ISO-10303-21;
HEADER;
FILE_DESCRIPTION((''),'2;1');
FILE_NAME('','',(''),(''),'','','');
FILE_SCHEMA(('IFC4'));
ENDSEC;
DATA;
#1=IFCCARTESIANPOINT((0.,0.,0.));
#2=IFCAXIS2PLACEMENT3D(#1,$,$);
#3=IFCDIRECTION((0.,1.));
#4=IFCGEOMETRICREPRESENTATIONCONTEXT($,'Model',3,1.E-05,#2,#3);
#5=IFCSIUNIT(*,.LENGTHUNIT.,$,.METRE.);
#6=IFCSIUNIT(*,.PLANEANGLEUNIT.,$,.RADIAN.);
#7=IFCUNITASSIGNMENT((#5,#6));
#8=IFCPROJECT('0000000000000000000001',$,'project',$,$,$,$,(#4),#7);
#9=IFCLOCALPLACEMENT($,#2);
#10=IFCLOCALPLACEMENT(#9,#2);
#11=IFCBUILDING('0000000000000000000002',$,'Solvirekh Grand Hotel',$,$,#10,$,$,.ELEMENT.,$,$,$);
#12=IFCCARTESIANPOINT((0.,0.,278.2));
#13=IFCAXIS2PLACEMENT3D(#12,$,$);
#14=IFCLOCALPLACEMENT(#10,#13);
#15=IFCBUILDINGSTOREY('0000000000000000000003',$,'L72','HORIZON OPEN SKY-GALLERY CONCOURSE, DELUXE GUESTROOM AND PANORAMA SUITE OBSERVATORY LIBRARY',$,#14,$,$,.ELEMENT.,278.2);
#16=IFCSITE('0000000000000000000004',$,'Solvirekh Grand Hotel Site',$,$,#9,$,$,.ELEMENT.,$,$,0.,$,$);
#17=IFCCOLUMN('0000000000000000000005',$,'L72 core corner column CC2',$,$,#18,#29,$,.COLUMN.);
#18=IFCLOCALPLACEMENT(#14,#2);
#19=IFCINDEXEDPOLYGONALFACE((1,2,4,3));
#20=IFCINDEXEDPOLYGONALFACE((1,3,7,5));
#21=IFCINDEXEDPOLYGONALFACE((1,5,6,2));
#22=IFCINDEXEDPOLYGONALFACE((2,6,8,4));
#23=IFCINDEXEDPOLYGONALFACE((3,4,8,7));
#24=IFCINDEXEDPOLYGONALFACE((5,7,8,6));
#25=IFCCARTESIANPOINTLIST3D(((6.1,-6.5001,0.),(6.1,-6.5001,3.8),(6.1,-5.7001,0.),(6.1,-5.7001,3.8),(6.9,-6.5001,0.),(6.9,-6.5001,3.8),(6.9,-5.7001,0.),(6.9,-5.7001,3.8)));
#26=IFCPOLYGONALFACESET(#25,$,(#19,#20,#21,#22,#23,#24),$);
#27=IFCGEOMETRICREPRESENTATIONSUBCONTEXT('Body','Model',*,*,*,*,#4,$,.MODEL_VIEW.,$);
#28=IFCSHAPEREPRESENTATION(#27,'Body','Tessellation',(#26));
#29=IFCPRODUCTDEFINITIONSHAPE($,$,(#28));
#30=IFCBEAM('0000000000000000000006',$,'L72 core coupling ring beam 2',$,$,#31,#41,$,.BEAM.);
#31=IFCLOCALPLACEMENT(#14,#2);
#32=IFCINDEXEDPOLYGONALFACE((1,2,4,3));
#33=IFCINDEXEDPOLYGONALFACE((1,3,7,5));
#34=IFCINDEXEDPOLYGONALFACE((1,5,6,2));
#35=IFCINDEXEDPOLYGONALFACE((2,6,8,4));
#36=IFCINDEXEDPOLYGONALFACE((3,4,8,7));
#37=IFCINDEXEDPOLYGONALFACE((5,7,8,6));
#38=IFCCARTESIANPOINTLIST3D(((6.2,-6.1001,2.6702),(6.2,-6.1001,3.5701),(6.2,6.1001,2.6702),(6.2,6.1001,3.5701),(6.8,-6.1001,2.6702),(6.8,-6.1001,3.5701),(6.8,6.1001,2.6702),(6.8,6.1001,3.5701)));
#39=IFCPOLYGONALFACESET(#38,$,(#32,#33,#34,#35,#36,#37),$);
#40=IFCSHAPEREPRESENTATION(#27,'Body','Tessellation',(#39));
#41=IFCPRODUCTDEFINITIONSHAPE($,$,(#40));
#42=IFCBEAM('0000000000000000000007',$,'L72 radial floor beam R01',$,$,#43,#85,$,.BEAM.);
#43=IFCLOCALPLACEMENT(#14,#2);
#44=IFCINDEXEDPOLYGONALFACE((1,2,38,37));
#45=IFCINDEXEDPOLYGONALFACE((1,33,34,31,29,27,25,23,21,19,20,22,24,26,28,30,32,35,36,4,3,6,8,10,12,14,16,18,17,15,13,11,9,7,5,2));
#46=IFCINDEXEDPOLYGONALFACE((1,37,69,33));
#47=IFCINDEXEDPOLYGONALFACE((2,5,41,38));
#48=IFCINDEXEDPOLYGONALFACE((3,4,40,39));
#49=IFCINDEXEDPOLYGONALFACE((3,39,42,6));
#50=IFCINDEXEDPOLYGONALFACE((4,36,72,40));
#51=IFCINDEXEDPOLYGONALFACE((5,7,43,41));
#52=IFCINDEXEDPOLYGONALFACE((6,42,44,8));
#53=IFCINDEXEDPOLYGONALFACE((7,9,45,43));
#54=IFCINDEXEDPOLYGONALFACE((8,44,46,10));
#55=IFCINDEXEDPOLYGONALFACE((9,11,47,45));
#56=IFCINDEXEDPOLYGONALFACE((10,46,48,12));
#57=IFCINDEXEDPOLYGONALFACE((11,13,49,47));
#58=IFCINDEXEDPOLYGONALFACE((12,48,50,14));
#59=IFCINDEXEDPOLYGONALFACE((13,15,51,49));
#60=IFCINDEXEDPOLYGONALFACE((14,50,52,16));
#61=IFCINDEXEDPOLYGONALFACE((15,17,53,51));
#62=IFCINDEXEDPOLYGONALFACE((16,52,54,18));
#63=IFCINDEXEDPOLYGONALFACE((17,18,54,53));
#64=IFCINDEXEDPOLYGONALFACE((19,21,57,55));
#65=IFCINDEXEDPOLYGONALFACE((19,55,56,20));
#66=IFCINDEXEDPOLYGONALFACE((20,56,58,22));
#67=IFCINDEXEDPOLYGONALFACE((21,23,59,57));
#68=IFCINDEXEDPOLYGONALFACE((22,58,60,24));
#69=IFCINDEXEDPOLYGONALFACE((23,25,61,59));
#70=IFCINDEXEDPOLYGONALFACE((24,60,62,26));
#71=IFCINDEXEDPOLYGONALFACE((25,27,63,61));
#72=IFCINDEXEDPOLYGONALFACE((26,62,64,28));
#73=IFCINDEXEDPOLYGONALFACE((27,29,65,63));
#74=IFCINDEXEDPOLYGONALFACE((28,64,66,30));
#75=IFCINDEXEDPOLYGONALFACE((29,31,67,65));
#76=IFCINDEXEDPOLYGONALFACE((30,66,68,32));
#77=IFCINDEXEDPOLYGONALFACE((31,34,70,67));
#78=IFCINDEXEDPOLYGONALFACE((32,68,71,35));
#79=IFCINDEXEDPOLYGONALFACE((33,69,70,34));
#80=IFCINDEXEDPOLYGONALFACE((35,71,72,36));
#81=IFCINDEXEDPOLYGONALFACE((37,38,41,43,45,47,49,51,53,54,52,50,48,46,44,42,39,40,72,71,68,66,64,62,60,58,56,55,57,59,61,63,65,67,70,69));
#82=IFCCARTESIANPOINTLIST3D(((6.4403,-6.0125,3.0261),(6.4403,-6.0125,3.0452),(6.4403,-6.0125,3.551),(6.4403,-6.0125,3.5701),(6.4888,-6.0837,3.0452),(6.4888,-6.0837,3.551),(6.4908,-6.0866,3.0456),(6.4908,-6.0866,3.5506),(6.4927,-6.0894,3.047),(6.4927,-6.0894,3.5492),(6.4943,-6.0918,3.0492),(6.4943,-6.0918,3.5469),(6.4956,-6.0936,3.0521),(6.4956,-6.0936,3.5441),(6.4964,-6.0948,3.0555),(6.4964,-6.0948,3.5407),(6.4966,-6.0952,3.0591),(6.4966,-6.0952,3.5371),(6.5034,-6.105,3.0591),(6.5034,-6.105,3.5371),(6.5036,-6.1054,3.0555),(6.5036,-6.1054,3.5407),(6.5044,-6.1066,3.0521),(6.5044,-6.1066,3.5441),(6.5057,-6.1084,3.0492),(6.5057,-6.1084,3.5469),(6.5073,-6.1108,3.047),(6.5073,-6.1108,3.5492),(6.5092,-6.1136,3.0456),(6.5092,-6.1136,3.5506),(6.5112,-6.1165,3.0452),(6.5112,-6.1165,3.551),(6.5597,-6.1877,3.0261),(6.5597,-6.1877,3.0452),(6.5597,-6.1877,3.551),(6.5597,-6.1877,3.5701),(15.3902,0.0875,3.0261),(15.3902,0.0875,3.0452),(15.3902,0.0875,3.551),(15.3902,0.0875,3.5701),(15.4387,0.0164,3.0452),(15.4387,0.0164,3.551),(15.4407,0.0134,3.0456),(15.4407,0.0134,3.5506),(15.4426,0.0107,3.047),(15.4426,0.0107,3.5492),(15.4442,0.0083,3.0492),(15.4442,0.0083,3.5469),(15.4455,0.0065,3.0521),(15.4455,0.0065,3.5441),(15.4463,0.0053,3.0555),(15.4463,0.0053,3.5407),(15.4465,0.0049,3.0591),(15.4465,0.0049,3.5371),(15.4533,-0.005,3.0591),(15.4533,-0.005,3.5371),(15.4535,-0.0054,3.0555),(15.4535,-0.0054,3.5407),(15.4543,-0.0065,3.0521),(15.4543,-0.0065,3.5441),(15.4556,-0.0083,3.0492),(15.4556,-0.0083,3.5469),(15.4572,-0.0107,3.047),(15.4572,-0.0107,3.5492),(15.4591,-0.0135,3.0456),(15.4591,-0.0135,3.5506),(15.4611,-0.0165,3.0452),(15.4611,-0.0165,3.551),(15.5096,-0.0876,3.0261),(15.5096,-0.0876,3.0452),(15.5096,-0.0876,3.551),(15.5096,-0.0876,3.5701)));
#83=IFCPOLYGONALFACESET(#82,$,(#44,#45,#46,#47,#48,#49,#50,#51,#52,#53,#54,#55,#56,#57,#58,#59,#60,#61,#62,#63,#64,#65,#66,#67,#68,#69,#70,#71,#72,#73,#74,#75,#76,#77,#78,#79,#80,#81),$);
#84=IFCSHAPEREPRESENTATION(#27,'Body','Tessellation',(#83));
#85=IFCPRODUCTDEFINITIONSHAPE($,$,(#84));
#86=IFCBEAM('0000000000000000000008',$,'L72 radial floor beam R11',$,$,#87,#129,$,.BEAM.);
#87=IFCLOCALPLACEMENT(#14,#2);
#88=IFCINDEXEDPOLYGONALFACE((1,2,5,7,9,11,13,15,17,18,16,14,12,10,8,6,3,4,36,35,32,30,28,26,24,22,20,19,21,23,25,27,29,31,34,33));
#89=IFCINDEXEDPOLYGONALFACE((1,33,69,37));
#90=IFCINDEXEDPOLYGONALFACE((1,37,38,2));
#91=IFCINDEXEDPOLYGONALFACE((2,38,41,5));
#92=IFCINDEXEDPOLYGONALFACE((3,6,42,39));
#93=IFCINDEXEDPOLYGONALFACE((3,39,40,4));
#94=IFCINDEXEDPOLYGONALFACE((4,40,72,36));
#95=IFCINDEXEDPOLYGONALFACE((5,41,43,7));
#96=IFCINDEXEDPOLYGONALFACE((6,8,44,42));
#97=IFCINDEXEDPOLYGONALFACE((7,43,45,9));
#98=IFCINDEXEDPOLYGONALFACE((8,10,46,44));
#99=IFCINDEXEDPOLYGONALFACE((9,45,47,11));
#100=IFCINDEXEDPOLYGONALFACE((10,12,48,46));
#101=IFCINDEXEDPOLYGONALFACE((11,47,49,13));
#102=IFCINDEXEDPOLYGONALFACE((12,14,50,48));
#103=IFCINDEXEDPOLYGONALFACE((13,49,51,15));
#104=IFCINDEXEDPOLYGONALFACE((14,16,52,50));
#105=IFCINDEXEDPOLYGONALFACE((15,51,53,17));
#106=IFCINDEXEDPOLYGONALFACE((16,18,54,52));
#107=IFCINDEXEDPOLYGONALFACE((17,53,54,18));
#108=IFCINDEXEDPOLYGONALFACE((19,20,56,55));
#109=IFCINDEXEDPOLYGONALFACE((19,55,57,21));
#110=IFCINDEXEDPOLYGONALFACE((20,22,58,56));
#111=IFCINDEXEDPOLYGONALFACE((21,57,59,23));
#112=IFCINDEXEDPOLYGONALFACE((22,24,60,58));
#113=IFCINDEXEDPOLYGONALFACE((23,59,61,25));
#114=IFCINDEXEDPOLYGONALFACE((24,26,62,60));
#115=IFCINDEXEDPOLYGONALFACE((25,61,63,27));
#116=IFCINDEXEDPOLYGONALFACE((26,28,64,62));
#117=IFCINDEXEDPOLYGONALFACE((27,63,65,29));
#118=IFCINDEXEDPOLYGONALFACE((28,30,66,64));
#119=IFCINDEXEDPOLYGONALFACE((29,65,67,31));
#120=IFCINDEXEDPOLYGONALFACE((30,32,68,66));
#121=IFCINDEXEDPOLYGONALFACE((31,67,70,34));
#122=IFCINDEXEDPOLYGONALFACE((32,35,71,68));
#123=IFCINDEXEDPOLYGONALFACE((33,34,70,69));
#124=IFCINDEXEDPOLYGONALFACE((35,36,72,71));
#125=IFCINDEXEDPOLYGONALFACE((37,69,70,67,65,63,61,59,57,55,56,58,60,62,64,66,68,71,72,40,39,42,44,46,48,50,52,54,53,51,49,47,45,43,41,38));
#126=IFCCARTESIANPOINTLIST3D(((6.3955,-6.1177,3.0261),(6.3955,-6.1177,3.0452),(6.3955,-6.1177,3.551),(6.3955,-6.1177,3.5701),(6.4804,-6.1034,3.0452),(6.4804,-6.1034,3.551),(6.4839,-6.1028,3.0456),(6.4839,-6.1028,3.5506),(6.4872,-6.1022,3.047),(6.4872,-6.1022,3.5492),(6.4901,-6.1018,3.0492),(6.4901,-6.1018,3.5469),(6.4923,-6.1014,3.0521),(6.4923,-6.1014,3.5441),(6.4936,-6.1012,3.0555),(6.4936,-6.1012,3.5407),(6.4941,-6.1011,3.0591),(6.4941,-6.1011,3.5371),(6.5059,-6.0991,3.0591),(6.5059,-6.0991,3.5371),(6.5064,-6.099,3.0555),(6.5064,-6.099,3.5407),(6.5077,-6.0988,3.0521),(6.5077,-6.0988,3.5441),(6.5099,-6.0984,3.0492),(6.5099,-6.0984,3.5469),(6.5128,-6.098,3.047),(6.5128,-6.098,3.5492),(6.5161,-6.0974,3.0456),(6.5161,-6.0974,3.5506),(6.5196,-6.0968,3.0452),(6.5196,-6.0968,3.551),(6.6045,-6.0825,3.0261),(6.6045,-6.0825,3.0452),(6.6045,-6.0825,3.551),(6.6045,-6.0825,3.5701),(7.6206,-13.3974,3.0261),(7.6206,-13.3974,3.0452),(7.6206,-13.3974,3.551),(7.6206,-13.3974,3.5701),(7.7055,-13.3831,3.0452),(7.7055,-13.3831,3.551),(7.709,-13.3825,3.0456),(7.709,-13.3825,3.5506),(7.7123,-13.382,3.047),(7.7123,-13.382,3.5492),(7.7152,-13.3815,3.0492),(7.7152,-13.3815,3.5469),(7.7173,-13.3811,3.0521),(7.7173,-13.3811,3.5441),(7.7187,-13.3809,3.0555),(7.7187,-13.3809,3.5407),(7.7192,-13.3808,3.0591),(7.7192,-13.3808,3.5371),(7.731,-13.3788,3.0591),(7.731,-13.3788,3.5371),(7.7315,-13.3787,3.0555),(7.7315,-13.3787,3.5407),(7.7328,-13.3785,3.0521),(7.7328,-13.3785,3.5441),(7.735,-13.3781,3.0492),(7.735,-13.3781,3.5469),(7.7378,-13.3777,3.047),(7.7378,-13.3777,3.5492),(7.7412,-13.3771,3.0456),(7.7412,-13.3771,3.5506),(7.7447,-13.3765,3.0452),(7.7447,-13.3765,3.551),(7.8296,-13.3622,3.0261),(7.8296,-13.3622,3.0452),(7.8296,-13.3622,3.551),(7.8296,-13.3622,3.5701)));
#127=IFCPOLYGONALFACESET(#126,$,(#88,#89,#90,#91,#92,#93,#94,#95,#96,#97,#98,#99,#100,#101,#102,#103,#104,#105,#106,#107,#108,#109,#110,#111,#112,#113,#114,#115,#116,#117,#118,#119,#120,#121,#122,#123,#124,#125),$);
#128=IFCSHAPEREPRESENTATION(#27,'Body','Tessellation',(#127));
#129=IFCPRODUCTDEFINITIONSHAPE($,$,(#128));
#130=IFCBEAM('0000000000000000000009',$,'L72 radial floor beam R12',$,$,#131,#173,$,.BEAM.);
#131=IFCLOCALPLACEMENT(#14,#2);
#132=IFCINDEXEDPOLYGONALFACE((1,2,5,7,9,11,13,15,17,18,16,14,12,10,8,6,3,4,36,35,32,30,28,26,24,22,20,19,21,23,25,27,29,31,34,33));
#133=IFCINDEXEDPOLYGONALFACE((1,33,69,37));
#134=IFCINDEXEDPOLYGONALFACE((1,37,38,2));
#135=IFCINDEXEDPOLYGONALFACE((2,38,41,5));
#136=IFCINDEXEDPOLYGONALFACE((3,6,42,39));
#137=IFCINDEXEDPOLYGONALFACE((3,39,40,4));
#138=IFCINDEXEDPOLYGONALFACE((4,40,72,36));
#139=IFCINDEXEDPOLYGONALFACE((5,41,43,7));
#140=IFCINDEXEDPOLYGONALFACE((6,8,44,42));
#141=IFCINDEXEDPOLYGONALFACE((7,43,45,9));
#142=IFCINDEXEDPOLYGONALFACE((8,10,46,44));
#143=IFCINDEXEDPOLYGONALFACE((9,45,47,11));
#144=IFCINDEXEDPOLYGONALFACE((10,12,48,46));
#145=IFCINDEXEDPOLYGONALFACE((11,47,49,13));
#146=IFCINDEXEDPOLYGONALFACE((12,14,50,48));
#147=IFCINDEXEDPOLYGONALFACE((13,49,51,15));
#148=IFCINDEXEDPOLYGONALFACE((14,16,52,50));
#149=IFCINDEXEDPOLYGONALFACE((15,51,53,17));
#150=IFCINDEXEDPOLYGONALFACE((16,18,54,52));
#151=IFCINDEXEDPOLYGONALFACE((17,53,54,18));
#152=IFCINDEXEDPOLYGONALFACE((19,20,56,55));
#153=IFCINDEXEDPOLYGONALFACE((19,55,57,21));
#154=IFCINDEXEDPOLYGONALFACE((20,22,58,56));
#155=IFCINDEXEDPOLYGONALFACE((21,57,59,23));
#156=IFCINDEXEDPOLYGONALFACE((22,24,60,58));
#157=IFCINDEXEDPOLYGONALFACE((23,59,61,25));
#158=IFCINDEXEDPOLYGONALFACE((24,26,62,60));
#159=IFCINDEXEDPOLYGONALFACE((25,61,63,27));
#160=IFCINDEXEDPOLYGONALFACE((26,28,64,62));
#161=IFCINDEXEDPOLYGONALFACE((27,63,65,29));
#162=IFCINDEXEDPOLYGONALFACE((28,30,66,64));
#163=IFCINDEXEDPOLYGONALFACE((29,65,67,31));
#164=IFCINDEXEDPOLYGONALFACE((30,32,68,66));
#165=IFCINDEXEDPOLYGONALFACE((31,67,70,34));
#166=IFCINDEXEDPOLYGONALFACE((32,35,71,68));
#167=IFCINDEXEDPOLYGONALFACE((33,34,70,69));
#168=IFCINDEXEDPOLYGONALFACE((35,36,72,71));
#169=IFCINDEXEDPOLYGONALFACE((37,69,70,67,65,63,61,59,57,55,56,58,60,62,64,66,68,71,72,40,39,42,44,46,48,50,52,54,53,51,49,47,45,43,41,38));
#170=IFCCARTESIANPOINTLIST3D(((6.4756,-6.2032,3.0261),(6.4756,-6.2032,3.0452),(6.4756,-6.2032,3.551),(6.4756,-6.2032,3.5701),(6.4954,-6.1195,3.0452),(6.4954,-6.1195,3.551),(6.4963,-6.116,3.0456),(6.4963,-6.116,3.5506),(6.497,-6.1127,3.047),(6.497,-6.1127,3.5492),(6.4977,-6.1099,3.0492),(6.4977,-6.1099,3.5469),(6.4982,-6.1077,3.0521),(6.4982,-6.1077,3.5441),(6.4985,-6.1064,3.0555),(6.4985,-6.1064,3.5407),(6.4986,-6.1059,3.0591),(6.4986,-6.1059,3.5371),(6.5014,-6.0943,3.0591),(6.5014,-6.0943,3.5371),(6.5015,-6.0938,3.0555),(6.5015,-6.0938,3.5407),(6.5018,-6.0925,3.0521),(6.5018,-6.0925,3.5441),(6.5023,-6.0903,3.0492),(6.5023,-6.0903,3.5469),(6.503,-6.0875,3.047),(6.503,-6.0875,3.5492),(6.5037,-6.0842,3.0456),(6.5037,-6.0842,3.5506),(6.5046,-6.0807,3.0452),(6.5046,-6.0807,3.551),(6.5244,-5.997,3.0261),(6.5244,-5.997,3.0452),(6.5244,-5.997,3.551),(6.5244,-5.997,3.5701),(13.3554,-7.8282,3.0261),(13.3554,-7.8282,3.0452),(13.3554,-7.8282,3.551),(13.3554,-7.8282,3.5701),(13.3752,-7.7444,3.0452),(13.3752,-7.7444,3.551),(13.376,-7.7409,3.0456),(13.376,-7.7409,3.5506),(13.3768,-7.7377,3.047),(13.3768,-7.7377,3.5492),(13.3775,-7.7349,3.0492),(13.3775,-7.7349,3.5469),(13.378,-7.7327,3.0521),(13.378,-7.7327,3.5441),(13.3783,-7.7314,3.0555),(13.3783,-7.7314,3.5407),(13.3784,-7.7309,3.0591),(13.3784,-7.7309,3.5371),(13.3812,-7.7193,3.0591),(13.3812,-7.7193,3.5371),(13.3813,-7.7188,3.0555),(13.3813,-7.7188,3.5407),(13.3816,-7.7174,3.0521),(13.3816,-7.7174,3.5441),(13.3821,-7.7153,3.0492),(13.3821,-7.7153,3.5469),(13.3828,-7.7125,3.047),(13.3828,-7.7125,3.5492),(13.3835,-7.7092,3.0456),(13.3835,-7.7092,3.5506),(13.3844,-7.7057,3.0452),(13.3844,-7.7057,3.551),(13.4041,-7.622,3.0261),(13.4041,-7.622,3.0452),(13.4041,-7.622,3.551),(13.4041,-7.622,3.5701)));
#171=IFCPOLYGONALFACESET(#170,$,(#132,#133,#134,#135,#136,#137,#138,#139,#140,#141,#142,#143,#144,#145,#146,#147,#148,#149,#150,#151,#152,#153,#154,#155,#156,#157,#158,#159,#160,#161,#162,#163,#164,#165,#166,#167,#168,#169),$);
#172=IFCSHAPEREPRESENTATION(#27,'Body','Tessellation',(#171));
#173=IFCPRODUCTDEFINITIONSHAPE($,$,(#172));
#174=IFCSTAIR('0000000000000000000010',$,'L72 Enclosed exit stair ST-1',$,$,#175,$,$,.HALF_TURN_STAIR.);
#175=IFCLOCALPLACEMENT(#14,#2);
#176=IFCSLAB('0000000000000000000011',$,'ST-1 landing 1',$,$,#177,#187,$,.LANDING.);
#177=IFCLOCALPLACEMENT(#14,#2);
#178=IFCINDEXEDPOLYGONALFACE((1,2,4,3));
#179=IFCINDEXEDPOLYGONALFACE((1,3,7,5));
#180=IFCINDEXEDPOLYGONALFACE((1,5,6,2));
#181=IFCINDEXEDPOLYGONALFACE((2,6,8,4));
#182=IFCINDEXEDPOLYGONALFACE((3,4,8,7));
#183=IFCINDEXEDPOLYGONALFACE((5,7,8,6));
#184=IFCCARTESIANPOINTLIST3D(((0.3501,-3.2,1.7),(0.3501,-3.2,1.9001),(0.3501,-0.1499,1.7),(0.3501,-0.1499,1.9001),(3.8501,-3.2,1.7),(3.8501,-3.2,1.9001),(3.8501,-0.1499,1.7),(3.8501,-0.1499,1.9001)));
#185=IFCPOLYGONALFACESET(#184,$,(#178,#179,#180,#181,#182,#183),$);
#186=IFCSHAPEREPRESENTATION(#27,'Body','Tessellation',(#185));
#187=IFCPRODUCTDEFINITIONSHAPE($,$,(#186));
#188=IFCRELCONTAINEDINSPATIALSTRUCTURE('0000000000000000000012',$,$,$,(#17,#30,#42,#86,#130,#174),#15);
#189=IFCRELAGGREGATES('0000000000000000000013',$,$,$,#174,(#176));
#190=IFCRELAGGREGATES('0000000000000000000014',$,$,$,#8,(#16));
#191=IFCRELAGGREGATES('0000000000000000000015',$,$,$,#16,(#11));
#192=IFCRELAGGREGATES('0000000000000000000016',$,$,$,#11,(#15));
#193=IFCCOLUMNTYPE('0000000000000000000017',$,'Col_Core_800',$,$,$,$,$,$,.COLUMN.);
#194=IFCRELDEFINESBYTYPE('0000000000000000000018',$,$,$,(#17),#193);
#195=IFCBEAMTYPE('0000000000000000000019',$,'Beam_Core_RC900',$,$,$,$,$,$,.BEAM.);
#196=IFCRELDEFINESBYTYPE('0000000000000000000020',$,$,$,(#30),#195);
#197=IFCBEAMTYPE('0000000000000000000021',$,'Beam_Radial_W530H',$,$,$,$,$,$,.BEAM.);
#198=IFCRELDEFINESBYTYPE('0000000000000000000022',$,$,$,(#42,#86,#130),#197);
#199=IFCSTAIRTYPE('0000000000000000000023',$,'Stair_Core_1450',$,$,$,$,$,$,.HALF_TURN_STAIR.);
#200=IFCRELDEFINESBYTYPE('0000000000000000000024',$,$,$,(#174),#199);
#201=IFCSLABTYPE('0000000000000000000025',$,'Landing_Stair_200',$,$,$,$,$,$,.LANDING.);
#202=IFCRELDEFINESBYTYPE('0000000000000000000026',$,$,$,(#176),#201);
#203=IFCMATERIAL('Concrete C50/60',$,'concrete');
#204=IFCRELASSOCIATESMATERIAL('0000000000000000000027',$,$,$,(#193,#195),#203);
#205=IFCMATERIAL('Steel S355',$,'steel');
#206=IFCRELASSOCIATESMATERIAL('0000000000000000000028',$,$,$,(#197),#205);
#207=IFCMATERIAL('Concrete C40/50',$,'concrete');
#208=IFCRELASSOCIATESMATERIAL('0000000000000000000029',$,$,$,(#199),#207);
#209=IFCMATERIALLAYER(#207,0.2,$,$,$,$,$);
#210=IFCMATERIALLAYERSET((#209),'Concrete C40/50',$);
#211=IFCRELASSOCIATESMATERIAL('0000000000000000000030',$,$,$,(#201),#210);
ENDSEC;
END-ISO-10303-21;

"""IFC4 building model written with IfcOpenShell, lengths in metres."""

from ifc_helpers import new_model, si_unit, direction, frame, origin, origin_2d, place, context, subcontext, project, spatial, polyline, rectangle, i_section, outline, extrude, material, layer, layer_set, material_profile, profile_set, type_object, element, aggregate, save


model = new_model("IFC4")

# Units and contexts
model_context = context("Model", 3, precision=1e-05, world=origin(), true_north=direction((0.0, 1.0)))
body_context = subcontext(model_context, "Body", "Model", "MODEL_VIEW")
ifc_project = project(units=[si_unit("LENGTHUNIT", "METRE"), si_unit("PLANEANGLEUNIT", "RADIAN")], contexts=[model_context])

# Site, building, storey
site_placement = place(None, origin())
site = spatial("IfcSite", under=ifc_project, at=site_placement, Name="Solvirekh Grand Hotel Site", CompositionType="ELEMENT", RefElevation=0.0)
building_placement = place(site_placement, origin())
building = spatial("IfcBuilding", under=site, at=building_placement, Name="Solvirekh Grand Hotel", CompositionType="ELEMENT")
storey_placement = place(building_placement, frame((0.0, 0.0, 278.2)))
storey = spatial("IfcBuildingStorey", under=building, at=storey_placement, Name="L72", Description="HORIZON OPEN SKY-GALLERY CONCOURSE, DELUXE GUESTROOM AND PANORAMA SUITE OBSERVATORY LIBRARY", CompositionType="ELEMENT", Elevation=278.2)

# Column
ifc_material_1 = material(Name="Concrete C50/60", Category="concrete")
ifc_material_profile_1 = material_profile(ifc_material_1, rectangle(XDim=0.8, YDim=0.8, at=origin_2d()), Name="RC 800X800")
ifc_profile_set_1 = profile_set([ifc_material_profile_1], Name="Concrete C50/60")
column_type = type_object("IfcColumnType", Name="Col_Core_800", PredefinedType="COLUMN", material=ifc_profile_set_1)
column_placement = place(storey_placement, frame((6.5, -6.1001, 0.0), z_axis=(0.0, 0.0, 1.0), x_axis=(1.0, 0.0, 0.0)))
element("IfcColumn", 1, at=column_placement, inside=storey, type_object=column_type, Name="L72 core corner column CC2", PredefinedType="COLUMN", context=body_context, shape_type="SweptSolid", body=[
    extrude(rectangle(XDim=0.8, YDim=0.8, at=origin_2d()), origin(), (0.0, 0.0, 1.0), 3.8),
])

# Beams
ifc_material_profile_2 = material_profile(ifc_material_1, rectangle(XDim=0.6001, YDim=0.8999, at=origin_2d()), Name="RC BEAM 600X900")
ifc_profile_set_2 = profile_set([ifc_material_profile_2], Name="Concrete C50/60")
beam_type_1 = type_object("IfcBeamType", Name="Beam_Core_RC900", PredefinedType="BEAM", material=ifc_profile_set_2)
beam_1_placement = place(storey_placement, frame((6.5, -6.1001, 3.1201), z_axis=(0.0, 1.0, 0.0), x_axis=(-1.0, 0.0, 0.0)))
element("IfcBeam", 2, at=beam_1_placement, inside=storey, type_object=beam_type_1, Name="L72 core coupling ring beam 2", PredefinedType="BEAM", context=body_context, shape_type="SweptSolid", body=[
    extrude(rectangle(XDim=0.6001, YDim=0.8999, at=origin_2d()), origin(), (0.0, 0.0, 1.0), 12.2002),
])
ifc_material_2 = material(Name="Steel S355", Category="steel")
ifc_material_profile_3 = material_profile(ifc_material_2, i_section(OverallWidth=0.2119, OverallDepth=0.5439, WebThickness=0.012, FlangeThickness=0.019, FilletRadius=0.0139, at=origin_2d()), Name="W530X123")
ifc_profile_set_3 = profile_set([ifc_material_profile_3], Name="Steel S355")
beam_type_2 = type_object("IfcBeamType", Name="Beam_Radial_W530H", PredefinedType="BEAM", material=ifc_profile_set_3)
beam_2_placement = place(storey_placement, frame((6.5, -6.1001, 3.2981), z_axis=(0.826319, 0.563202, 0.0), x_axis=(-0.563202, 0.826319, 0.0)))
element("IfcBeam", 3, at=beam_2_placement, inside=storey, type_object=beam_type_2, Name="L72 radial floor beam R01", PredefinedType="BEAM", context=body_context, shape_type="SweptSolid", body=[
    extrude(i_section(OverallWidth=0.2119, OverallDepth=0.5439, WebThickness=0.012, FlangeThickness=0.019, FilletRadius=0.0139, at=origin_2d()), origin(), (0.0, 0.0, 1.0), 10.8311),
])
beam_3_placement = place(storey_placement, frame((6.5, -6.1001, 3.2981), z_axis=(0.165954, -0.986133, 0.0), x_axis=(0.986133, 0.165954, 0.0)))
element("IfcBeam", 4, at=beam_3_placement, inside=storey, type_object=beam_type_2, Name="L72 radial floor beam R11", PredefinedType="BEAM", context=body_context, shape_type="SweptSolid", body=[
    extrude(i_section(OverallWidth=0.2119, OverallDepth=0.5439, WebThickness=0.012, FlangeThickness=0.019, FilletRadius=0.0139, at=origin_2d()), origin(), (0.0, 0.0, 1.0), 7.3821),
])
beam_4_placement = place(storey_placement, frame((6.5, -6.1001, 3.2981), z_axis=(0.973221, -0.229871, 0.0), x_axis=(0.229871, 0.973221, 0.0)))
element("IfcBeam", 5, at=beam_4_placement, inside=storey, type_object=beam_type_2, Name="L72 radial floor beam R12", PredefinedType="BEAM", context=body_context, shape_type="SweptSolid", body=[
    extrude(i_section(OverallWidth=0.2119, OverallDepth=0.5439, WebThickness=0.012, FlangeThickness=0.019, FilletRadius=0.0139, at=origin_2d()), origin(), (0.0, 0.0, 1.0), 7.0691),
])

# Stair, slab
ifc_material_3 = material(Name="Concrete C40/50", Category="concrete")
stair_type = type_object("IfcStairType", Name="Stair_Core_1450", PredefinedType="HALF_TURN_STAIR", material=ifc_material_3)
stair_placement = place(storey_placement, origin())
stair = element("IfcStair", 6, at=stair_placement, inside=storey, type_object=stair_type, Name="L72 Enclosed exit stair ST-1", PredefinedType="HALF_TURN_STAIR")
ifc_layer_1 = layer(ifc_material_3, 0.2)
ifc_layer_set_1 = layer_set([ifc_layer_1], Name="Concrete C40/50")
slab_type = type_object("IfcSlabType", Name="Landing_Stair_200", PredefinedType="LANDING", material=ifc_layer_set_1)
slab_placement = place(storey_placement, frame((0.0, 0.0, 1.7)))
slab = element("IfcSlab", 7, at=slab_placement, type_object=slab_type, Name="ST-1 landing 1", PredefinedType="LANDING", context=body_context, shape_type="SweptSolid", body=[
    extrude(outline(polyline([(0.3501, -3.2), (3.8501, -3.2), (3.8501, -0.1499), (0.3501, -0.1499), (0.3501, -3.2)])), origin(), (0.0, 0.0, 1.0), 0.2002),
])

aggregate(stair, [slab])

save(model, "model.ifc")
